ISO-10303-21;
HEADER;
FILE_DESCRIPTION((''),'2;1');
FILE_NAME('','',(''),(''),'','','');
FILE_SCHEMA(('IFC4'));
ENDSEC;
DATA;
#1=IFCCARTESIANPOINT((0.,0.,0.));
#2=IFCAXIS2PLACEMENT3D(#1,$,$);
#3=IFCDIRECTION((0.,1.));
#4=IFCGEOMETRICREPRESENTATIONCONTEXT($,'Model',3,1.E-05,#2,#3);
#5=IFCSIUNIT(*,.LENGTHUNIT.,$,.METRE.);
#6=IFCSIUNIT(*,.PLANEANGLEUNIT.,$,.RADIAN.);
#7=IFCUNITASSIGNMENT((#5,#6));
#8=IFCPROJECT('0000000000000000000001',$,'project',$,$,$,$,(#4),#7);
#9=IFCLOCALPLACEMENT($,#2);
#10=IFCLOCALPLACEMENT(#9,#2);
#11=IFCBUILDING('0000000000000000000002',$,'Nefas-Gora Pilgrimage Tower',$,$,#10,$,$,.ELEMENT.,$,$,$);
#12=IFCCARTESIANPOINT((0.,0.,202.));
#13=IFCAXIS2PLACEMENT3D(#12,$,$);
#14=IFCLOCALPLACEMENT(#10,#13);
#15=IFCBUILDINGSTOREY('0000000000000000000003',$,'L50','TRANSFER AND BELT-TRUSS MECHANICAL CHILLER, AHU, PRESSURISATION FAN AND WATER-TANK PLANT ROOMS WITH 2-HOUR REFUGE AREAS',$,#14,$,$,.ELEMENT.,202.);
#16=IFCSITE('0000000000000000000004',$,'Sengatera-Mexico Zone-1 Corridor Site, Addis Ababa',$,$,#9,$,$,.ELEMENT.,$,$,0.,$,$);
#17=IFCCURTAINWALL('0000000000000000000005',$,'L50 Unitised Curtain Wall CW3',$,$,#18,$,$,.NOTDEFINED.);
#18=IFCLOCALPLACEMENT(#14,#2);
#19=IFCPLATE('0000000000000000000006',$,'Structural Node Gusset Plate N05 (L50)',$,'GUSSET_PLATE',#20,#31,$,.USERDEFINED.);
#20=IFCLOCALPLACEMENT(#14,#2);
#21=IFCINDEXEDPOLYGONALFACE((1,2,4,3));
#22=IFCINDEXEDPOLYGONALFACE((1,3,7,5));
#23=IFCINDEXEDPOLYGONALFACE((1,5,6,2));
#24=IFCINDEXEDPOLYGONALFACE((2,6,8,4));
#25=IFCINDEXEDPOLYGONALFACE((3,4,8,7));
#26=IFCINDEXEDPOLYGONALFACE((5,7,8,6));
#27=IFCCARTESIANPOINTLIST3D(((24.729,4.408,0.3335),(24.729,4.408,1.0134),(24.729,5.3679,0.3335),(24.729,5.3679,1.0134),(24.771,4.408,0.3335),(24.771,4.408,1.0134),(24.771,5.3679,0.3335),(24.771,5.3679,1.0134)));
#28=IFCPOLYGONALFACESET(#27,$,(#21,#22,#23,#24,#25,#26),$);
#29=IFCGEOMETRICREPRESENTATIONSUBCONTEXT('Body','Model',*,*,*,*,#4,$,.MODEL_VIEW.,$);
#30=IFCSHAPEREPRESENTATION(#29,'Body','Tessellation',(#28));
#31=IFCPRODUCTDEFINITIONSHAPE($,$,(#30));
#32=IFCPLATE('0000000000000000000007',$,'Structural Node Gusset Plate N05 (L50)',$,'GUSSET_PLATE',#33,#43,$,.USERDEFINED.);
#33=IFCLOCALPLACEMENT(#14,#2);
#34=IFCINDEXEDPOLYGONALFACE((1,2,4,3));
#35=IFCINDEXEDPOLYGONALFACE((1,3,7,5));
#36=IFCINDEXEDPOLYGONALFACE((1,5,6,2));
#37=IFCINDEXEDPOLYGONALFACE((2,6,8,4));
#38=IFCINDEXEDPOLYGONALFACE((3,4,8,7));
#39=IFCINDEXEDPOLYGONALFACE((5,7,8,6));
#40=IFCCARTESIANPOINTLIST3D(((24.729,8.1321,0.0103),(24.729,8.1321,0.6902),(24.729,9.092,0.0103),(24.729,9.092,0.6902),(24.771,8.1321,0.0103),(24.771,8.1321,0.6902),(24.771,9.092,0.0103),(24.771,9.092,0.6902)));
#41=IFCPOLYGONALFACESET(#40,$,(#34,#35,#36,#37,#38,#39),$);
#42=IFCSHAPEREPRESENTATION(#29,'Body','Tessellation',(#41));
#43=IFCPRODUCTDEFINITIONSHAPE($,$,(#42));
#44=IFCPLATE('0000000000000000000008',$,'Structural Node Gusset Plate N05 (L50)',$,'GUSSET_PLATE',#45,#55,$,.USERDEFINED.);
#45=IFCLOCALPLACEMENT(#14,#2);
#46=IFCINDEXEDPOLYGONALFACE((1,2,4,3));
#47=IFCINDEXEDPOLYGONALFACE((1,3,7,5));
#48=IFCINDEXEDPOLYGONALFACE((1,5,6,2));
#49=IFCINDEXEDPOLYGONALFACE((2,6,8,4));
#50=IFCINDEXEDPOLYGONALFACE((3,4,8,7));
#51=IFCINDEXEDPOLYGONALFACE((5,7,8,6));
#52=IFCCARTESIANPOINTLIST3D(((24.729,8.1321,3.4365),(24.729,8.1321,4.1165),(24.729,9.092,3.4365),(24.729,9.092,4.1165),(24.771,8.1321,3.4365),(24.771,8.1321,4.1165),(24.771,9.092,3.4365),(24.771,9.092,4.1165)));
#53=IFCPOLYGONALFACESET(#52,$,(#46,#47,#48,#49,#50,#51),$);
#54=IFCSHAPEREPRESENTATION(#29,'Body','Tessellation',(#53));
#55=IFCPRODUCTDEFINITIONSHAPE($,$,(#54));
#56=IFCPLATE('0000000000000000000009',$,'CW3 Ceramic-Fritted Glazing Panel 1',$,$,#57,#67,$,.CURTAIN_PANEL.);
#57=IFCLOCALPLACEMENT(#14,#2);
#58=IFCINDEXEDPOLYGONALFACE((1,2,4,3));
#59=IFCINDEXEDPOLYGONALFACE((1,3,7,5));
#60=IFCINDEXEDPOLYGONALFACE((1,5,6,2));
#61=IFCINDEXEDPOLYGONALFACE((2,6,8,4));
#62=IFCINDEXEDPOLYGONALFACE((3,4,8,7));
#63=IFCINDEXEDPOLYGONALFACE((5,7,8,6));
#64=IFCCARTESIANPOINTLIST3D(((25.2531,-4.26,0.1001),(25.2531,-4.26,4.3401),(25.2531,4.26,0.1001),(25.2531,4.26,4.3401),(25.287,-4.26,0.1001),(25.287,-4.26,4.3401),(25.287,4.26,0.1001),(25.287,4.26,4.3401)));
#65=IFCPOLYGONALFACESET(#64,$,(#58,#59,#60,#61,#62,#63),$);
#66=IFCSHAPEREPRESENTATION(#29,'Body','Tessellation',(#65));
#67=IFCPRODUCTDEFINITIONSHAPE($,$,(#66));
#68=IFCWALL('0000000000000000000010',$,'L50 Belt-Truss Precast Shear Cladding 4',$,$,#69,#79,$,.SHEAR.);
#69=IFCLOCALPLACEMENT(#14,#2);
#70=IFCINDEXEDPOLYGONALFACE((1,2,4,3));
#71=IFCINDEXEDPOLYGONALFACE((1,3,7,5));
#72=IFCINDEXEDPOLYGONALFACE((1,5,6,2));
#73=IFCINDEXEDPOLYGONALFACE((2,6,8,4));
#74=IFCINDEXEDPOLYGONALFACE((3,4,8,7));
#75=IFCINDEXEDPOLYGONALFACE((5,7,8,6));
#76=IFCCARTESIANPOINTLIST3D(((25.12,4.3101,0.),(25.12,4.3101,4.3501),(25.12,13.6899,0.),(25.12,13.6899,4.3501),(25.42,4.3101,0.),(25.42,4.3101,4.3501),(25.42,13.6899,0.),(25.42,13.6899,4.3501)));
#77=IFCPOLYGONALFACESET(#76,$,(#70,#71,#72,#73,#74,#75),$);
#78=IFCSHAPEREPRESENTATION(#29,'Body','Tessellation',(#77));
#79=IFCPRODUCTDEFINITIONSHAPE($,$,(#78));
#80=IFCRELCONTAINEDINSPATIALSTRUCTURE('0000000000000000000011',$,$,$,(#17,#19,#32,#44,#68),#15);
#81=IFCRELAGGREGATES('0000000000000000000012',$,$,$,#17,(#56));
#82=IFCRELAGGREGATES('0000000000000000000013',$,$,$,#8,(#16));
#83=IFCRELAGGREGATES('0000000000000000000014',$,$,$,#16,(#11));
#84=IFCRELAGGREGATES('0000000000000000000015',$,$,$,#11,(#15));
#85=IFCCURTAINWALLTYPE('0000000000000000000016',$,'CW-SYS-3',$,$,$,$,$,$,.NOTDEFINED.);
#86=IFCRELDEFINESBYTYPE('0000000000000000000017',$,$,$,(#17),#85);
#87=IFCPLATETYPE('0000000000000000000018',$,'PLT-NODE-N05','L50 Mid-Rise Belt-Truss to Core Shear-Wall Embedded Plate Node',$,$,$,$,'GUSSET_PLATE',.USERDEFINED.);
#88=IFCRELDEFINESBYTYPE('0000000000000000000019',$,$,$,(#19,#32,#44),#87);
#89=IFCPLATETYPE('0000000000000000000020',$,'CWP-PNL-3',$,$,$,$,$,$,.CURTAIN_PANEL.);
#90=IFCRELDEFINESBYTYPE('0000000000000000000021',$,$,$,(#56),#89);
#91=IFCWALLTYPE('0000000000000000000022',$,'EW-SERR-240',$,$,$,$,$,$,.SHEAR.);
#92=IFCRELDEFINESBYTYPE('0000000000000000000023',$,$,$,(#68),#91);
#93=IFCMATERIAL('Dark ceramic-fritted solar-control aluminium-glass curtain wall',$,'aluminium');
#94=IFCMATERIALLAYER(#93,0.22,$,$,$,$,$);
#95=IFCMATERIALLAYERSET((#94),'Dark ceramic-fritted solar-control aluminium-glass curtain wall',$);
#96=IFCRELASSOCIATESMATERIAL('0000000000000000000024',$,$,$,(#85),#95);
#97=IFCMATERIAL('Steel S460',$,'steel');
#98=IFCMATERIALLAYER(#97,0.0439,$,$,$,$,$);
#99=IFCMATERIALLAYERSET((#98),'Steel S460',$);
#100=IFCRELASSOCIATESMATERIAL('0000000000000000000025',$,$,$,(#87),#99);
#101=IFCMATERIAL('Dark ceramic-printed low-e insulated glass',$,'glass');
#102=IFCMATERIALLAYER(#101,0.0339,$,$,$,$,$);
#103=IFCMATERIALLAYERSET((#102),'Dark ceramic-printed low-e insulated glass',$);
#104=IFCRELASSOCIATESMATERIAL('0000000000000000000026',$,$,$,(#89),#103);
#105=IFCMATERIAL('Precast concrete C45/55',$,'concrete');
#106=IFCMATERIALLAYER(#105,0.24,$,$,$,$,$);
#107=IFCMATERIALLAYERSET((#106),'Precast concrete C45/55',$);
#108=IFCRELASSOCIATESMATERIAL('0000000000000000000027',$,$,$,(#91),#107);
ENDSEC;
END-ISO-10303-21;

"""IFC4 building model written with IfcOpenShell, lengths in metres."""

from ifc_helpers import new_model, si_unit, direction, frame, frame_2d, origin, origin_2d, place, context, subcontext, project, spatial, rectangle, extrude, source, transform, mapped, material, layer, layer_set, type_object, element, aggregate, save


model = new_model("IFC4")

# Units and contexts
model_context = context("Model", 3, precision=1e-05, world=origin(), true_north=direction((0.0, 1.0)))
body_context = subcontext(model_context, "Body", "Model", "MODEL_VIEW")
ifc_project = project(units=[si_unit("LENGTHUNIT", "METRE"), si_unit("PLANEANGLEUNIT", "RADIAN")], contexts=[model_context])

# Site, building, storey
site_placement = place(None, origin())
site = spatial("IfcSite", under=ifc_project, at=site_placement, Name="Sengatera-Mexico Zone-1 Corridor Site, Addis Ababa", CompositionType="ELEMENT", RefElevation=0.0)
building_placement = place(site_placement, origin())
building = spatial("IfcBuilding", under=site, at=building_placement, Name="Nefas-Gora Pilgrimage Tower", CompositionType="ELEMENT")
storey_placement = place(building_placement, frame((0.0, 0.0, 202.0)))
storey = spatial("IfcBuildingStorey", under=building, at=storey_placement, Name="L50", Description="TRANSFER AND BELT-TRUSS MECHANICAL CHILLER, AHU, PRESSURISATION FAN AND WATER-TANK PLANT ROOMS WITH 2-HOUR REFUGE AREAS", CompositionType="ELEMENT", Elevation=202.0)

# Shared definitions
ifc_material_1 = material(Name="Steel S460", Category="steel")

# Curtain wall
ifc_material_2 = material(Name="Dark ceramic-fritted solar-control aluminium-glass curtain wall", Category="aluminium")
ifc_layer_1 = layer(ifc_material_2, 0.22)
ifc_layer_set_1 = layer_set([ifc_layer_1], Name="Dark ceramic-fritted solar-control aluminium-glass curtain wall")
curtain_wall_type = type_object("IfcCurtainWallType", Name="CW-SYS-3", PredefinedType="NOTDEFINED", material=ifc_layer_set_1)
curtain_wall_placement = place(storey_placement, origin())
curtain_wall = element("IfcCurtainWall", 1, at=curtain_wall_placement, inside=storey, type_object=curtain_wall_type, Name="L50 Unitised Curtain Wall CW3", PredefinedType="NOTDEFINED")

# Plates
ifc_layer_2 = layer(ifc_material_1, 0.0439)
ifc_layer_set_2 = layer_set([ifc_layer_2], Name="Steel S460")
plate_type_1 = type_object("IfcPlateType", Name="PLT-NODE-N05", Description="L50 Mid-Rise Belt-Truss to Core Shear-Wall Embedded Plate Node", ElementType="GUSSET_PLATE", PredefinedType="USERDEFINED", material=ifc_layer_set_2)
shared_shape_1 = source(origin(), body_context, "Body", "SweptSolid", [
    extrude(rectangle(XDim=0.96, YDim=0.042, at=origin_2d()), origin(), (0.0, 0.0, 1.0), 0.6799),
])
for number, where, z_axis, x_axis, name in (
    (2, (24.75, 4.8879, 0.3335), (0.0, 0.0, 1.0), (0.0, 1.0, 0.0), "Structural Node Gusset Plate N05 (L50)"),
    (3, (24.75, 8.6121, 0.0103), (0.0, 0.0, 1.0), (0.0, 1.0, 0.0), "Structural Node Gusset Plate N05 (L50)"),
    (4, (24.75, 8.6121, 3.4365), (0.0, 0.0, 1.0), (0.0, 1.0, 0.0), "Structural Node Gusset Plate N05 (L50)"),
):
    element("IfcPlate", number, at=place(storey_placement, frame(where, z_axis=z_axis, x_axis=x_axis)), inside=storey, type_object=plate_type_1, Name=name, ObjectType="GUSSET_PLATE", PredefinedType="USERDEFINED", context=body_context, shape_type="MappedRepresentation", body=[
        mapped(shared_shape_1, transform((0.0, 0.0, 0.0), x_axis=(1.0, 0.0, 0.0), y_axis=(0.0, 1.0, 0.0), z_axis=(0.0, 0.0, 1.0), scale=1.0)),
    ])

# Plate
ifc_material_3 = material(Name="Dark ceramic-printed low-e insulated glass", Category="glass")
ifc_layer_3 = layer(ifc_material_3, 0.0339)
ifc_layer_set_3 = layer_set([ifc_layer_3], Name="Dark ceramic-printed low-e insulated glass")
plate_type_2 = type_object("IfcPlateType", Name="CWP-PNL-3", PredefinedType="CURTAIN_PANEL", material=ifc_layer_set_3)
shared_shape_2 = source(origin(), body_context, "Body", "SweptSolid", [
    extrude(rectangle(XDim=8.52, YDim=0.0339, at=origin_2d()), origin(), (0.0, 0.0, 1.0), 4.24),
])
plate_placement = place(storey_placement, frame((25.27, 0.0, 0.1001), z_axis=(0.0, 0.0, 1.0), x_axis=(0.0, 1.0, 0.0)))
plate = element("IfcPlate", 5, at=plate_placement, type_object=plate_type_2, Name="CW3 Ceramic-Fritted Glazing Panel 1", PredefinedType="CURTAIN_PANEL", context=body_context, shape_type="MappedRepresentation", body=[
    mapped(shared_shape_2, transform((0.0, 0.0, 0.0), x_axis=(1.0, 0.0, 0.0), y_axis=(0.0, 1.0, 0.0), z_axis=(0.0, 0.0, 1.0), scale=1.0)),
])
aggregate(curtain_wall, [plate])

# Wall
ifc_material_4 = material(Name="Precast concrete C45/55", Category="concrete")
ifc_layer_4 = layer(ifc_material_4, 0.24)
ifc_layer_set_4 = layer_set([ifc_layer_4], Name="Precast concrete C45/55")
wall_type = type_object("IfcWallType", Name="EW-SERR-240", PredefinedType="SHEAR", material=ifc_layer_set_4)
shared_shape_3 = source(origin(), body_context, "Body", "SweptSolid", [
    extrude(rectangle(XDim=9.3799, YDim=0.3, at=frame_2d((4.6899, 0.0))), origin(), (0.0, 0.0, 1.0), 4.3501),
])
wall_placement = place(storey_placement, frame((25.27, 4.3101, 0.0), z_axis=(0.0, 0.0, 1.0), x_axis=(0.0, 1.0, 0.0)))
element("IfcWall", 6, at=wall_placement, inside=storey, type_object=wall_type, Name="L50 Belt-Truss Precast Shear Cladding 4", PredefinedType="SHEAR", context=body_context, shape_type="MappedRepresentation", body=[
    mapped(shared_shape_3, transform((0.0, 0.0, 0.0), x_axis=(1.0, 0.0, 0.0), y_axis=(0.0, 1.0, 0.0), z_axis=(0.0, 0.0, 1.0), scale=1.0)),
])

save(model, "model.ifc")
